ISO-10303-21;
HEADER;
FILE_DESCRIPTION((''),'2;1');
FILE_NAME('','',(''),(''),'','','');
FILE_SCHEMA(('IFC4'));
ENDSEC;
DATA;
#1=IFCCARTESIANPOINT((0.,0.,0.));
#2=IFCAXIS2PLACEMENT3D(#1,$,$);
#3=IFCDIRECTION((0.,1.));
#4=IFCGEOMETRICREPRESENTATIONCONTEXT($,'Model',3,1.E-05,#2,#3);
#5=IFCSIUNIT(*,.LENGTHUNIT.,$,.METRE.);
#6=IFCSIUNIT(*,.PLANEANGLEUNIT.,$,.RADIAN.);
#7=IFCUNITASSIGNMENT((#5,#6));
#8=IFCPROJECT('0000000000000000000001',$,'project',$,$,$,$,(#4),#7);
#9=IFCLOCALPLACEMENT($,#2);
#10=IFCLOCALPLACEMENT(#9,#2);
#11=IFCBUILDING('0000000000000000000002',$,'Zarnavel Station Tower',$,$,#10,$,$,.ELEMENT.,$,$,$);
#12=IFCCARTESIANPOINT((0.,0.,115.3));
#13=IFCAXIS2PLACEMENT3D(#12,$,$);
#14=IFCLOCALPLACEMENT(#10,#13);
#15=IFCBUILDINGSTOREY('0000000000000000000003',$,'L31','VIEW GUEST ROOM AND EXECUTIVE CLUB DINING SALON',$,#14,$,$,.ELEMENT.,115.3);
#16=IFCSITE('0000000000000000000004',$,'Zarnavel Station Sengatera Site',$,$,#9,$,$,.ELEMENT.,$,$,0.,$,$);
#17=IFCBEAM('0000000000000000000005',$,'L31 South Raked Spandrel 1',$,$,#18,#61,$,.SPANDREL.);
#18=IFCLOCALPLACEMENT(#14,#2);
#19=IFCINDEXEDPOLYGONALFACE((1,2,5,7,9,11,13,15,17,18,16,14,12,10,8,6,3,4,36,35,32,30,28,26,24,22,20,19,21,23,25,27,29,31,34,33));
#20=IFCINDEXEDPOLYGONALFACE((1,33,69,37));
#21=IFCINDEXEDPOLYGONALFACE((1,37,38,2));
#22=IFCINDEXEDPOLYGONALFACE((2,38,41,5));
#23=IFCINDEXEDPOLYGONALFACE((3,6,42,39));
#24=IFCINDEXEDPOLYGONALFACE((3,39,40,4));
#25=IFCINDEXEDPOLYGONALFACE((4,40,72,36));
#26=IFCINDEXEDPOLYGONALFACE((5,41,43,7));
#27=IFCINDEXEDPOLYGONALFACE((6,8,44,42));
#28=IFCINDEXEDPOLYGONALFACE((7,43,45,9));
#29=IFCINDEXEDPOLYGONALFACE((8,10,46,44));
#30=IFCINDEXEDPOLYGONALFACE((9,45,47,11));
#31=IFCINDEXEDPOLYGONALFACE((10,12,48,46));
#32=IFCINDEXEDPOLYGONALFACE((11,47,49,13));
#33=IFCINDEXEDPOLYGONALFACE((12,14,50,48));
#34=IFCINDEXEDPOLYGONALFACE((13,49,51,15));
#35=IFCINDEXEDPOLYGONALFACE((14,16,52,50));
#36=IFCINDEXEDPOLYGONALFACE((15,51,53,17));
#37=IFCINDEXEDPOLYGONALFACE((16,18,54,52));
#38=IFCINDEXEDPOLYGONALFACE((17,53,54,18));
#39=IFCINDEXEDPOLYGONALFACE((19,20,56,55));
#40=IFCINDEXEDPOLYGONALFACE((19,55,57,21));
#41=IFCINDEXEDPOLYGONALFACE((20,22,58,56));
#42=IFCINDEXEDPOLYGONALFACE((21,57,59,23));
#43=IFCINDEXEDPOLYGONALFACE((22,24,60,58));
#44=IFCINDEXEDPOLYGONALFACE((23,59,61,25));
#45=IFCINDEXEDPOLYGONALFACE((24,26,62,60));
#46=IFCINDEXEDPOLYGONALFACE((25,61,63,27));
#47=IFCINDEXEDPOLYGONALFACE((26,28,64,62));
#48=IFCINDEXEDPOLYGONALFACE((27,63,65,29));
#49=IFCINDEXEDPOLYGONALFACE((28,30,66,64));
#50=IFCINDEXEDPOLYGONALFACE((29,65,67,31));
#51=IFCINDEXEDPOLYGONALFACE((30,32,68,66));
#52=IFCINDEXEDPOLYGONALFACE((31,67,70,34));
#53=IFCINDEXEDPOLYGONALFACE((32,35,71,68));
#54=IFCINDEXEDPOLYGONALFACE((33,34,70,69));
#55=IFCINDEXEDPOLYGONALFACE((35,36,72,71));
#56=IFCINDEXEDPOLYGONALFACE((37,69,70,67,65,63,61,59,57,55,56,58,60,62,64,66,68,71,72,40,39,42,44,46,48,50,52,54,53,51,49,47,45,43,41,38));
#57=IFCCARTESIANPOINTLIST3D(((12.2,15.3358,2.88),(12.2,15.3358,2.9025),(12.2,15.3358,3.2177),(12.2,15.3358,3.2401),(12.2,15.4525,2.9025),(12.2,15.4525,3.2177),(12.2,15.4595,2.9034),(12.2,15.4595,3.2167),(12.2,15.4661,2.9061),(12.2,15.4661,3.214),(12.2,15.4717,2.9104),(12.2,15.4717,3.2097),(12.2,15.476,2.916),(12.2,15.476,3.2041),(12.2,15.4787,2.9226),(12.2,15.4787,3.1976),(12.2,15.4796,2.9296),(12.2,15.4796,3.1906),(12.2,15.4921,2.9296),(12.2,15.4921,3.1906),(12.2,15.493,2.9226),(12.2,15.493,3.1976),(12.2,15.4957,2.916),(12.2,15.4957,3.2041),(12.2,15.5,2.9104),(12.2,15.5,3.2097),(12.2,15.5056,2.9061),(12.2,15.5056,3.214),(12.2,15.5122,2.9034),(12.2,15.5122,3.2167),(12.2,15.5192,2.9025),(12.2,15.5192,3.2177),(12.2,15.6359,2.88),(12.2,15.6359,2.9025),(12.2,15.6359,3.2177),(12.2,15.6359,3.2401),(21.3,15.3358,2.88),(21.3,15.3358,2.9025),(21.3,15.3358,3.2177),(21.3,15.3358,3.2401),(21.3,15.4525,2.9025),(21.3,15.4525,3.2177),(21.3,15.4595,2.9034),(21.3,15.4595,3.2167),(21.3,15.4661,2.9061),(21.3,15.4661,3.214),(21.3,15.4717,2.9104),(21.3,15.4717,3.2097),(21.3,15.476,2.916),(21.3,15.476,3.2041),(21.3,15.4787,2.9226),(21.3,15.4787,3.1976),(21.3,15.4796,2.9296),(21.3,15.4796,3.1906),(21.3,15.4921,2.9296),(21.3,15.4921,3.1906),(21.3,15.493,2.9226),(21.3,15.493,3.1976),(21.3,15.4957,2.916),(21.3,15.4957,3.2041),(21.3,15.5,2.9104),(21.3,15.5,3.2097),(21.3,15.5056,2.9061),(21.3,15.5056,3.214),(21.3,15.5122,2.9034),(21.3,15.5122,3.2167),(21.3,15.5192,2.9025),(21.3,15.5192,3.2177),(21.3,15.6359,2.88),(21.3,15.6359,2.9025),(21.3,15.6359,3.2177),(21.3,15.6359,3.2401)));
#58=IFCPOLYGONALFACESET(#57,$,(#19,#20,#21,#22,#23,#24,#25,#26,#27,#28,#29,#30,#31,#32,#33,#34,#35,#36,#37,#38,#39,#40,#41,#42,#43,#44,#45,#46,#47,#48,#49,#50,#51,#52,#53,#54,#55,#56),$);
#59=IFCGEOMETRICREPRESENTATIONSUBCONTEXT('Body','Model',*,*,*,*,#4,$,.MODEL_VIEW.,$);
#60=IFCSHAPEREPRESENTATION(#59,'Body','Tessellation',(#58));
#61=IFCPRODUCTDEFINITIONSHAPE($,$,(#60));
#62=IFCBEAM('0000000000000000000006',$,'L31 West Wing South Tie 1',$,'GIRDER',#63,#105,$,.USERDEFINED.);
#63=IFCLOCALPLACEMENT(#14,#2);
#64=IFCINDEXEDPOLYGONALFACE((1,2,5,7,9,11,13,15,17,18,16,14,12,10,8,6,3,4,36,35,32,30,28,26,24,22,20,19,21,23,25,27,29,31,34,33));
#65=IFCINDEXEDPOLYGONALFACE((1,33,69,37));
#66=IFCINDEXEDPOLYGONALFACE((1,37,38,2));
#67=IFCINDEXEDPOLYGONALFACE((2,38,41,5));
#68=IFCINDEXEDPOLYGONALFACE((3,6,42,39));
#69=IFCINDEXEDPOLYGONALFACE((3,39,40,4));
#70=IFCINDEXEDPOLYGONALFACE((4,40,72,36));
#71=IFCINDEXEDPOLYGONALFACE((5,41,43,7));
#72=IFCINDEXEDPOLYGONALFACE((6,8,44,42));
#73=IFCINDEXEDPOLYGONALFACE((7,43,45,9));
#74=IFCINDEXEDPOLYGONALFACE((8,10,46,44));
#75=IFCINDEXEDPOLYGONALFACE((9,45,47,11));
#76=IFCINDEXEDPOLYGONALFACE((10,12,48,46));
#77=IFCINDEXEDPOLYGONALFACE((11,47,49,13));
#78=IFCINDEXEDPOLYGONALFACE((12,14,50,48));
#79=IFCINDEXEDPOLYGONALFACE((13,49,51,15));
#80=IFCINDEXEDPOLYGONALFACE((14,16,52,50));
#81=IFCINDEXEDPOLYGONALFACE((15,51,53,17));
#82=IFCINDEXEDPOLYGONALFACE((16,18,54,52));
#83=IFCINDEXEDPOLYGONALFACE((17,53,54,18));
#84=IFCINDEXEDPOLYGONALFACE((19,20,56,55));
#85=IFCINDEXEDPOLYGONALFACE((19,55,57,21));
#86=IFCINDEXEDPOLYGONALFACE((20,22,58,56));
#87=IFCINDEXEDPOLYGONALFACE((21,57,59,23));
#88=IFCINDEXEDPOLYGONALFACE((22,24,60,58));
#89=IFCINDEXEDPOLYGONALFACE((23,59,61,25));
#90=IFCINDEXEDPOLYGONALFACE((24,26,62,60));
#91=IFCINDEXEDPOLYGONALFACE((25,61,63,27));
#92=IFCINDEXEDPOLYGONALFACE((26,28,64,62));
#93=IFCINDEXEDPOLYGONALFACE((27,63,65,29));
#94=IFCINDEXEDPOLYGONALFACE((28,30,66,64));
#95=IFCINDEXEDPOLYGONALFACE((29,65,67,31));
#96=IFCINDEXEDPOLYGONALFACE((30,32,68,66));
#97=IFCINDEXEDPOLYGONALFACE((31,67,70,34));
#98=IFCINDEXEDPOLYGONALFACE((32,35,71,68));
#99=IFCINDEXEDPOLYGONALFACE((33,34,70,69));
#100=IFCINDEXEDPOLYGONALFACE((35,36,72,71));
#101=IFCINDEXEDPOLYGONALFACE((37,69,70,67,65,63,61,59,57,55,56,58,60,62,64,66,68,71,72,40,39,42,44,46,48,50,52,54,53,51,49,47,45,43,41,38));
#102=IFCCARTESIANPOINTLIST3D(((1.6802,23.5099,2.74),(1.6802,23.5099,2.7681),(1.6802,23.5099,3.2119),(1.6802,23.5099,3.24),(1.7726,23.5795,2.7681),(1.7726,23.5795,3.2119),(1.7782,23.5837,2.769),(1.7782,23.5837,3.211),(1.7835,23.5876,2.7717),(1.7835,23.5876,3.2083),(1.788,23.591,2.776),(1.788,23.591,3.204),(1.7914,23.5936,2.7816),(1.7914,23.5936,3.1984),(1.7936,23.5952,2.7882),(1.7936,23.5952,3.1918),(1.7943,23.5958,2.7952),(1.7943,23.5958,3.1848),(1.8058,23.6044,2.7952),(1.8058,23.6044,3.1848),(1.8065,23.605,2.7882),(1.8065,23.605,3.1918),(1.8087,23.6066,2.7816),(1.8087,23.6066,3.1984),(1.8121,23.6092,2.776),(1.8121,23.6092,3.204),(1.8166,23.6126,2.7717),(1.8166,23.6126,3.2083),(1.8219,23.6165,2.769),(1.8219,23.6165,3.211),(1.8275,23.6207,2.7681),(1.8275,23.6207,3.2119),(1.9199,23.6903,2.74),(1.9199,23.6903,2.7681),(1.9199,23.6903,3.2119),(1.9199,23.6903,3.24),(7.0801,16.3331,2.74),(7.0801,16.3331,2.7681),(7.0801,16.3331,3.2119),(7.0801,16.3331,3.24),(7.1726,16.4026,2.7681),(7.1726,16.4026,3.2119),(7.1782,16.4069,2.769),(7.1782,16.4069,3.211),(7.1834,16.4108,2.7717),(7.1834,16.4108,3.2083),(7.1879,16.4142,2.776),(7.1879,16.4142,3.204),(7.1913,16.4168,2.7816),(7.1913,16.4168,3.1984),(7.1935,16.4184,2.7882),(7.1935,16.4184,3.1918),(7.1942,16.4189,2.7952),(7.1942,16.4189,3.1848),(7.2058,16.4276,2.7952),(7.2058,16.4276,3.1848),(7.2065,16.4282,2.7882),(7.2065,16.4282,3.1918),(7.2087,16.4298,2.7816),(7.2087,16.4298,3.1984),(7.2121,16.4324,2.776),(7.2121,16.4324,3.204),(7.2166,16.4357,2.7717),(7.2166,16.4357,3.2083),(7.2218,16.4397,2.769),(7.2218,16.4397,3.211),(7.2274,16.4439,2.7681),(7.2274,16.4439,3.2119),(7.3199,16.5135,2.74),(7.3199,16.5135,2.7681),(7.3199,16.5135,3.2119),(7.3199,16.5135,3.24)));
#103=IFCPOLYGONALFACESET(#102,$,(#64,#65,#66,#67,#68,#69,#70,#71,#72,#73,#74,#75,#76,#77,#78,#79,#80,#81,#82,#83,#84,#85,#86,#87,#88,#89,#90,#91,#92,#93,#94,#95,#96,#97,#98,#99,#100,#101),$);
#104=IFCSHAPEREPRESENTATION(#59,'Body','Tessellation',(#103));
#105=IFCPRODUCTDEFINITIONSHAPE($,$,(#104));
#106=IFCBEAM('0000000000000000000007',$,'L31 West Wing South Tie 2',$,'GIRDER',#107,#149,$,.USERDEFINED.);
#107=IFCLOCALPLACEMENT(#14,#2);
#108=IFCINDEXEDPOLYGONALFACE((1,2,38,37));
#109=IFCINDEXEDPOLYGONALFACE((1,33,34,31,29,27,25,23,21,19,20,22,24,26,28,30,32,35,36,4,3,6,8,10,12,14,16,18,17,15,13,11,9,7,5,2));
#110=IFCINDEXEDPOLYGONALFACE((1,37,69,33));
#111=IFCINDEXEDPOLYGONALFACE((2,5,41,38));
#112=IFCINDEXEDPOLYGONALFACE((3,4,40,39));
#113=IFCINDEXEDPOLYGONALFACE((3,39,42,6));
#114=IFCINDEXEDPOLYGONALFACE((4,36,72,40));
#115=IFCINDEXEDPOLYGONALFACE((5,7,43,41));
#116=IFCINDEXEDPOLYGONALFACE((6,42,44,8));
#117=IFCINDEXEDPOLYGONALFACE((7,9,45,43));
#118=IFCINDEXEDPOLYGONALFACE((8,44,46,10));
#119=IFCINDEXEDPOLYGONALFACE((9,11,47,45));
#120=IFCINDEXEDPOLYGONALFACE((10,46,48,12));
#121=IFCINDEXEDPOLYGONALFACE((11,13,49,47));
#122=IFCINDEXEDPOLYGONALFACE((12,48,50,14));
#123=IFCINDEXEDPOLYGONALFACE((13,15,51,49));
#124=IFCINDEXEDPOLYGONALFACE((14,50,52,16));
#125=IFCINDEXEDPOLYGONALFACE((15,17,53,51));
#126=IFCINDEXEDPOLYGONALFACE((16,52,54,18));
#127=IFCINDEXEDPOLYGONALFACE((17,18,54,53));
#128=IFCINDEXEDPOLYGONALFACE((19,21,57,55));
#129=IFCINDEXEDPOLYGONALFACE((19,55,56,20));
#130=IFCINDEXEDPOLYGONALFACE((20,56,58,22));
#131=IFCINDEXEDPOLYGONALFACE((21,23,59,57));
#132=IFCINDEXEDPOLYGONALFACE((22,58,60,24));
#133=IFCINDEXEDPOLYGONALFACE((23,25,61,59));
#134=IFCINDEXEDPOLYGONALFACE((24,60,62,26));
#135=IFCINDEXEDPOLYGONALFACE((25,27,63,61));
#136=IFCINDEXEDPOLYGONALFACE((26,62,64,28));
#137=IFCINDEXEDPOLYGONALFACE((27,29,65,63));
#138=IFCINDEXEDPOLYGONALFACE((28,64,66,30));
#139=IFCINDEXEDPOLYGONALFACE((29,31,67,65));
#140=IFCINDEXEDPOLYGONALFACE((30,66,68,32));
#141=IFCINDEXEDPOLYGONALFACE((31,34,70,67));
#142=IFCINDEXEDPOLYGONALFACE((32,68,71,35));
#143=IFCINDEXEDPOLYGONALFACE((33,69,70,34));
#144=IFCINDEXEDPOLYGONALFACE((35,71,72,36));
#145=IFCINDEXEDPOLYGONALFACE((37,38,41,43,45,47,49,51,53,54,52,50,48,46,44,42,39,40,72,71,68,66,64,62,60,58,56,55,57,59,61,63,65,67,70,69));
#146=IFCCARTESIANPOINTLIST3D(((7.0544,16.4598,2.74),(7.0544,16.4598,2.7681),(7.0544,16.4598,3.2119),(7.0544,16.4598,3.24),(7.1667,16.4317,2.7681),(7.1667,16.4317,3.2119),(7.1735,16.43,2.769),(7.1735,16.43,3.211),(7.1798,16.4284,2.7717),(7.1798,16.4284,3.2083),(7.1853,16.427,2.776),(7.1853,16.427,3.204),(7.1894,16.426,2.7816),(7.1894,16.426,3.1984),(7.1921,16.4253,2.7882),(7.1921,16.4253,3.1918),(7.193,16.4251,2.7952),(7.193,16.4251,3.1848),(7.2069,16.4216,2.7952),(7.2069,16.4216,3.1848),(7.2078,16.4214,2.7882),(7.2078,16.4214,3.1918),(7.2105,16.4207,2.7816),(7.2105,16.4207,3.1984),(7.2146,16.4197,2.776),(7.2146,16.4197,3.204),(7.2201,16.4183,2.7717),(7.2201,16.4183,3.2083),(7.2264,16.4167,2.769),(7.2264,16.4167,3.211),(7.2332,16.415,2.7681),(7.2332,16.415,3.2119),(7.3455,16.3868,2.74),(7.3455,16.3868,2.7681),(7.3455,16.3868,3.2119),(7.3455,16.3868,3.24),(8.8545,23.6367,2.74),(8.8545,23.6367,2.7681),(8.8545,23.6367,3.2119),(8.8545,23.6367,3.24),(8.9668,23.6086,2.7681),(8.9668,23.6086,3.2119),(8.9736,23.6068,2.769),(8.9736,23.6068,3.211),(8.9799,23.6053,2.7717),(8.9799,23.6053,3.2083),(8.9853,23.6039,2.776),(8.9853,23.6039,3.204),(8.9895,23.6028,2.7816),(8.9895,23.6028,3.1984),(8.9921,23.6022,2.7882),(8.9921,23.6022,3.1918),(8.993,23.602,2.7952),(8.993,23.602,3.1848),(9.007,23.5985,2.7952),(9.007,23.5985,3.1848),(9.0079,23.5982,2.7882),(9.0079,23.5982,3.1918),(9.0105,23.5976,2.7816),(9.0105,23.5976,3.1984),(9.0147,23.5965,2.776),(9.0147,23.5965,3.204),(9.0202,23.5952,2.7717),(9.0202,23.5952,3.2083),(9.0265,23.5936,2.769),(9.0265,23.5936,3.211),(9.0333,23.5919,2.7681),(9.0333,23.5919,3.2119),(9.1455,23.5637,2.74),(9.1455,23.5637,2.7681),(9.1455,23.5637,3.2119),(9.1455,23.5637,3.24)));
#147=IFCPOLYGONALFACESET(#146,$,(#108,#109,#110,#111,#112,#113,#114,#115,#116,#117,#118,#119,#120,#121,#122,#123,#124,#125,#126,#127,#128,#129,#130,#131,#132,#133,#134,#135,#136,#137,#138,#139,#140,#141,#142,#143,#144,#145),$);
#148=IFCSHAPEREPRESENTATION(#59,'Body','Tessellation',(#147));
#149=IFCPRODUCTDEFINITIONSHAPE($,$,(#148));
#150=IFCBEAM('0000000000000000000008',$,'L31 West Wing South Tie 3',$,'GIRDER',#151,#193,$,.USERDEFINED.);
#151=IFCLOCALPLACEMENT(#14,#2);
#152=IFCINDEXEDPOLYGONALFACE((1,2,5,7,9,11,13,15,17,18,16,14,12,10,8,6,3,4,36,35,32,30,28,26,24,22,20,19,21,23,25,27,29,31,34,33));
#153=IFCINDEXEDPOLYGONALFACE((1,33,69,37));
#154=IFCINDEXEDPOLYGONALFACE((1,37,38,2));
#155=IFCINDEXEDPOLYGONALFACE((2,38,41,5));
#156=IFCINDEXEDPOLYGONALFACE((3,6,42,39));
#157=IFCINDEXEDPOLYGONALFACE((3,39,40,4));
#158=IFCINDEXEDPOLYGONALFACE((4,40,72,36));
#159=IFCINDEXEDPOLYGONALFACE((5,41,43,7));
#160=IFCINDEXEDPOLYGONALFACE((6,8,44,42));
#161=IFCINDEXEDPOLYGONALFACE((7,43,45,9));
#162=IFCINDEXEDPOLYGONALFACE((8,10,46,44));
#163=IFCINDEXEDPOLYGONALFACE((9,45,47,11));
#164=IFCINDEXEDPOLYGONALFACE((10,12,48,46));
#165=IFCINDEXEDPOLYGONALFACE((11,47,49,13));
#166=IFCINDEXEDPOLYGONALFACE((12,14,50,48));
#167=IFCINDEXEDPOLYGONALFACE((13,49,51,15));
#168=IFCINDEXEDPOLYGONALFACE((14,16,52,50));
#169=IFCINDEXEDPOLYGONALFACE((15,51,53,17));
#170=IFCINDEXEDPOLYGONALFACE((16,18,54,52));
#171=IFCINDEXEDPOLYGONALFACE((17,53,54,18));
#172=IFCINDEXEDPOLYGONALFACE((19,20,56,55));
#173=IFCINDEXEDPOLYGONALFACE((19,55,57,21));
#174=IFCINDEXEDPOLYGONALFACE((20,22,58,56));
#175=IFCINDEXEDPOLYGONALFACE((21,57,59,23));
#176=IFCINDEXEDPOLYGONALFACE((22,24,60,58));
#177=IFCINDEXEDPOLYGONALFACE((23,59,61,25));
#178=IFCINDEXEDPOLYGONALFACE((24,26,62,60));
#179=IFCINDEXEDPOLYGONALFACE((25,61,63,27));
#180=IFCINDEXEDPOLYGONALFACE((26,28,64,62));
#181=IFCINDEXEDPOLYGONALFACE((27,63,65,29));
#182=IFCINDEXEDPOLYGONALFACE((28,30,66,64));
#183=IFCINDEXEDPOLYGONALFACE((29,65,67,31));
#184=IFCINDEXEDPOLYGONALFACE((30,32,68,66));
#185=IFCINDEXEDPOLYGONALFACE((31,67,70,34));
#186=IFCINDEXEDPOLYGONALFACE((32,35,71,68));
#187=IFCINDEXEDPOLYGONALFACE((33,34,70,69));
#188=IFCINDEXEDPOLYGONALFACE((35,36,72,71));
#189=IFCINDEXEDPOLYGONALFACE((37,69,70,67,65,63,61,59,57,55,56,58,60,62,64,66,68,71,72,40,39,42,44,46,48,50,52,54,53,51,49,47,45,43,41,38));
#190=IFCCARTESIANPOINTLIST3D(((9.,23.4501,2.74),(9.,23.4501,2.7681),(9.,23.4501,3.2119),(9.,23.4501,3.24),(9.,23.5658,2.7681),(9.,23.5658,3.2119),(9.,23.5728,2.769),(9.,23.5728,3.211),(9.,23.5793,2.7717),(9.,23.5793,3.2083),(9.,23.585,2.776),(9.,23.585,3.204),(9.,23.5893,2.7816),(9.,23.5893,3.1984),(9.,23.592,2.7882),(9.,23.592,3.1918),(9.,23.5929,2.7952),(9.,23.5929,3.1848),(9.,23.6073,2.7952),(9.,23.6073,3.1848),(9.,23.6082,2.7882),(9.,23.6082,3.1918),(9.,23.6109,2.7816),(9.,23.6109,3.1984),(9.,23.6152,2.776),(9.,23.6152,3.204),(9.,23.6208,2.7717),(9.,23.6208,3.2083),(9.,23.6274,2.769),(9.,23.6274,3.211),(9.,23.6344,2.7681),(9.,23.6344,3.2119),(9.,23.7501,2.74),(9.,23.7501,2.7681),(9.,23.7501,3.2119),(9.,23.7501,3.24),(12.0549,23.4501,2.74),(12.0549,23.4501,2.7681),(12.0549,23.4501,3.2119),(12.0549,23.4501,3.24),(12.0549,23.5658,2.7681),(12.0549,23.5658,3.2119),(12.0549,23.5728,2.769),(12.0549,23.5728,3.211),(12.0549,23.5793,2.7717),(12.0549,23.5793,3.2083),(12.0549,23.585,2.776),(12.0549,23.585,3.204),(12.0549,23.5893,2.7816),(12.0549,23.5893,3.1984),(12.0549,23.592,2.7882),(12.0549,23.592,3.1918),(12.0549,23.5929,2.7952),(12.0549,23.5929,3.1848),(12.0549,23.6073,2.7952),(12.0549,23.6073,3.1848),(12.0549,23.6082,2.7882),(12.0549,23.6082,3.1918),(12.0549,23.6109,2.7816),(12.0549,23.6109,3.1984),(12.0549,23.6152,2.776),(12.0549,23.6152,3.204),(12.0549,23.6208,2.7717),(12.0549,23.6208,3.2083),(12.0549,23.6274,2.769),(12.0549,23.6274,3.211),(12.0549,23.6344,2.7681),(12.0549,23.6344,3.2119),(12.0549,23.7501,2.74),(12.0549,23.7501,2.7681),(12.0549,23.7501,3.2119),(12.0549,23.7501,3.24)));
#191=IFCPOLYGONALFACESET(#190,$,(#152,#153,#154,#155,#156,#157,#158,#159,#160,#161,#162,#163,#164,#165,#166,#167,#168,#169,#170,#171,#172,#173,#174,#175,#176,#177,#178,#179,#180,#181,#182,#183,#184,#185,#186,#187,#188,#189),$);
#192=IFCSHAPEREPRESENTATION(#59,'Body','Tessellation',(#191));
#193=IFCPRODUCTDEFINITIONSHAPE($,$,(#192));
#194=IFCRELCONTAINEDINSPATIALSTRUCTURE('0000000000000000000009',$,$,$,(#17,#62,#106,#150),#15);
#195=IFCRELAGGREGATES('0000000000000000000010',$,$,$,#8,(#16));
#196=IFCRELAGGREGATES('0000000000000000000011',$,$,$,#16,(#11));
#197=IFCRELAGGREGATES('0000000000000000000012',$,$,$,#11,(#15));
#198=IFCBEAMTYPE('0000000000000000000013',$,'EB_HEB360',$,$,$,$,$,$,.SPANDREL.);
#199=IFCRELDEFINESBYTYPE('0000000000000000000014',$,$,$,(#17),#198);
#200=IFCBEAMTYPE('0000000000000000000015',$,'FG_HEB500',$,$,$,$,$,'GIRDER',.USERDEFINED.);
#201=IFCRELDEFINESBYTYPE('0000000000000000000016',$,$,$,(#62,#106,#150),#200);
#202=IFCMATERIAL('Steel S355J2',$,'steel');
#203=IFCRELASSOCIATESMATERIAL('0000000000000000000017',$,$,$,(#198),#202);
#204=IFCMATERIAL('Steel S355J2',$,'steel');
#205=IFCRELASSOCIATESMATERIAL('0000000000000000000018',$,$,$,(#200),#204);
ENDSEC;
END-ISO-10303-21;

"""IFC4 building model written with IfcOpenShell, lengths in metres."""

from ifc_helpers import new_model, si_unit, direction, frame, origin, origin_2d, place, context, subcontext, project, spatial, i_section, extrude, material, material_profile, profile_set, type_object, element, save


model = new_model("IFC4")

# Units and contexts
model_context = context("Model", 3, precision=1e-05, world=origin(), true_north=direction((0.0, 1.0)))
body_context = subcontext(model_context, "Body", "Model", "MODEL_VIEW")
ifc_project = project(units=[si_unit("LENGTHUNIT", "METRE"), si_unit("PLANEANGLEUNIT", "RADIAN")], contexts=[model_context])

# Site, building, storey
site_placement = place(None, origin())
site = spatial("IfcSite", under=ifc_project, at=site_placement, Name="Zarnavel Station Sengatera Site", CompositionType="ELEMENT", RefElevation=0.0)
building_placement = place(site_placement, origin())
building = spatial("IfcBuilding", under=site, at=building_placement, Name="Zarnavel Station Tower", CompositionType="ELEMENT")
storey_placement = place(building_placement, frame((0.0, 0.0, 115.3)))
storey = spatial("IfcBuildingStorey", under=building, at=storey_placement, Name="L31", Description="VIEW GUEST ROOM AND EXECUTIVE CLUB DINING SALON", CompositionType="ELEMENT", Elevation=115.3)

# Beams
ifc_material_1 = material(Name="Steel S355J2", Category="steel")
ifc_material_profile_1 = material_profile(ifc_material_1, i_section(OverallWidth=0.3, OverallDepth=0.3601, WebThickness=0.0125, FlangeThickness=0.0225, FilletRadius=0.0271, at=origin_2d()), Name="HEB360")
ifc_profile_set_1 = profile_set([ifc_material_profile_1], Name="Steel S355J2")
beam_type_1 = type_object("IfcBeamType", Name="EB_HEB360", PredefinedType="SPANDREL", material=ifc_profile_set_1)
beam_1_placement = place(storey_placement, frame((12.2, 15.4858, 3.0601), z_axis=(1.0, 0.0, 0.0), x_axis=(0.0, 1.0, 0.0)))
element("IfcBeam", 1, at=beam_1_placement, inside=storey, type_object=beam_type_1, Name="L31 South Raked Spandrel 1", PredefinedType="SPANDREL", context=body_context, shape_type="SweptSolid", body=[
    extrude(i_section(OverallWidth=0.3, OverallDepth=0.3601, WebThickness=0.0125, FlangeThickness=0.0225, FilletRadius=0.0271, at=origin_2d()), origin(), (0.0, 0.0, 1.0), 9.1001),
])
ifc_material_2 = material(Name="Steel S355J2", Category="steel")
ifc_material_profile_2 = material_profile(ifc_material_2, i_section(OverallWidth=0.3, OverallDepth=0.5, WebThickness=0.0144, FlangeThickness=0.0281, FilletRadius=0.0271, at=origin_2d()), Name="HEB500")
ifc_profile_set_2 = profile_set([ifc_material_profile_2], Name="Steel S355J2")
beam_type_2 = type_object("IfcBeamType", Name="FG_HEB500", ElementType="GIRDER", PredefinedType="USERDEFINED", material=ifc_profile_set_2)
beam_2_placement = place(storey_placement, frame((1.8, 23.6001, 2.99), z_axis=(0.601234, -0.799073, 0.0), x_axis=(0.799073, 0.601234, 0.0)))
element("IfcBeam", 2, at=beam_2_placement, inside=storey, type_object=beam_type_2, Name="L31 West Wing South Tie 1", ObjectType="GIRDER", PredefinedType="USERDEFINED", context=body_context, shape_type="SweptSolid", body=[
    extrude(i_section(OverallWidth=0.3, OverallDepth=0.5, WebThickness=0.0144, FlangeThickness=0.0281, FilletRadius=0.0271, at=origin_2d()), origin(), (0.0, 0.0, 1.0), 8.9814),
])
beam_3_placement = place(storey_placement, frame((7.2, 16.4233, 2.99), z_axis=(0.243281, 0.969956, 0.0), x_axis=(-0.969956, 0.243281, 0.0)))
element("IfcBeam", 3, at=beam_3_placement, inside=storey, type_object=beam_type_2, Name="L31 West Wing South Tie 2", ObjectType="GIRDER", PredefinedType="USERDEFINED", context=body_context, shape_type="SweptSolid", body=[
    extrude(i_section(OverallWidth=0.3, OverallDepth=0.5, WebThickness=0.0144, FlangeThickness=0.0281, FilletRadius=0.0271, at=origin_2d()), origin(), (0.0, 0.0, 1.0), 7.3992),
])
beam_4_placement = place(storey_placement, frame((9.0, 23.6001, 2.99), z_axis=(1.0, 0.0, 0.0), x_axis=(0.0, 1.0, 0.0)))
element("IfcBeam", 4, at=beam_4_placement, inside=storey, type_object=beam_type_2, Name="L31 West Wing South Tie 3", ObjectType="GIRDER", PredefinedType="USERDEFINED", context=body_context, shape_type="SweptSolid", body=[
    extrude(i_section(OverallWidth=0.3, OverallDepth=0.5, WebThickness=0.0144, FlangeThickness=0.0281, FilletRadius=0.0271, at=origin_2d()), origin(), (0.0, 0.0, 1.0), 3.0549),
])

save(model, "model.ifc")
